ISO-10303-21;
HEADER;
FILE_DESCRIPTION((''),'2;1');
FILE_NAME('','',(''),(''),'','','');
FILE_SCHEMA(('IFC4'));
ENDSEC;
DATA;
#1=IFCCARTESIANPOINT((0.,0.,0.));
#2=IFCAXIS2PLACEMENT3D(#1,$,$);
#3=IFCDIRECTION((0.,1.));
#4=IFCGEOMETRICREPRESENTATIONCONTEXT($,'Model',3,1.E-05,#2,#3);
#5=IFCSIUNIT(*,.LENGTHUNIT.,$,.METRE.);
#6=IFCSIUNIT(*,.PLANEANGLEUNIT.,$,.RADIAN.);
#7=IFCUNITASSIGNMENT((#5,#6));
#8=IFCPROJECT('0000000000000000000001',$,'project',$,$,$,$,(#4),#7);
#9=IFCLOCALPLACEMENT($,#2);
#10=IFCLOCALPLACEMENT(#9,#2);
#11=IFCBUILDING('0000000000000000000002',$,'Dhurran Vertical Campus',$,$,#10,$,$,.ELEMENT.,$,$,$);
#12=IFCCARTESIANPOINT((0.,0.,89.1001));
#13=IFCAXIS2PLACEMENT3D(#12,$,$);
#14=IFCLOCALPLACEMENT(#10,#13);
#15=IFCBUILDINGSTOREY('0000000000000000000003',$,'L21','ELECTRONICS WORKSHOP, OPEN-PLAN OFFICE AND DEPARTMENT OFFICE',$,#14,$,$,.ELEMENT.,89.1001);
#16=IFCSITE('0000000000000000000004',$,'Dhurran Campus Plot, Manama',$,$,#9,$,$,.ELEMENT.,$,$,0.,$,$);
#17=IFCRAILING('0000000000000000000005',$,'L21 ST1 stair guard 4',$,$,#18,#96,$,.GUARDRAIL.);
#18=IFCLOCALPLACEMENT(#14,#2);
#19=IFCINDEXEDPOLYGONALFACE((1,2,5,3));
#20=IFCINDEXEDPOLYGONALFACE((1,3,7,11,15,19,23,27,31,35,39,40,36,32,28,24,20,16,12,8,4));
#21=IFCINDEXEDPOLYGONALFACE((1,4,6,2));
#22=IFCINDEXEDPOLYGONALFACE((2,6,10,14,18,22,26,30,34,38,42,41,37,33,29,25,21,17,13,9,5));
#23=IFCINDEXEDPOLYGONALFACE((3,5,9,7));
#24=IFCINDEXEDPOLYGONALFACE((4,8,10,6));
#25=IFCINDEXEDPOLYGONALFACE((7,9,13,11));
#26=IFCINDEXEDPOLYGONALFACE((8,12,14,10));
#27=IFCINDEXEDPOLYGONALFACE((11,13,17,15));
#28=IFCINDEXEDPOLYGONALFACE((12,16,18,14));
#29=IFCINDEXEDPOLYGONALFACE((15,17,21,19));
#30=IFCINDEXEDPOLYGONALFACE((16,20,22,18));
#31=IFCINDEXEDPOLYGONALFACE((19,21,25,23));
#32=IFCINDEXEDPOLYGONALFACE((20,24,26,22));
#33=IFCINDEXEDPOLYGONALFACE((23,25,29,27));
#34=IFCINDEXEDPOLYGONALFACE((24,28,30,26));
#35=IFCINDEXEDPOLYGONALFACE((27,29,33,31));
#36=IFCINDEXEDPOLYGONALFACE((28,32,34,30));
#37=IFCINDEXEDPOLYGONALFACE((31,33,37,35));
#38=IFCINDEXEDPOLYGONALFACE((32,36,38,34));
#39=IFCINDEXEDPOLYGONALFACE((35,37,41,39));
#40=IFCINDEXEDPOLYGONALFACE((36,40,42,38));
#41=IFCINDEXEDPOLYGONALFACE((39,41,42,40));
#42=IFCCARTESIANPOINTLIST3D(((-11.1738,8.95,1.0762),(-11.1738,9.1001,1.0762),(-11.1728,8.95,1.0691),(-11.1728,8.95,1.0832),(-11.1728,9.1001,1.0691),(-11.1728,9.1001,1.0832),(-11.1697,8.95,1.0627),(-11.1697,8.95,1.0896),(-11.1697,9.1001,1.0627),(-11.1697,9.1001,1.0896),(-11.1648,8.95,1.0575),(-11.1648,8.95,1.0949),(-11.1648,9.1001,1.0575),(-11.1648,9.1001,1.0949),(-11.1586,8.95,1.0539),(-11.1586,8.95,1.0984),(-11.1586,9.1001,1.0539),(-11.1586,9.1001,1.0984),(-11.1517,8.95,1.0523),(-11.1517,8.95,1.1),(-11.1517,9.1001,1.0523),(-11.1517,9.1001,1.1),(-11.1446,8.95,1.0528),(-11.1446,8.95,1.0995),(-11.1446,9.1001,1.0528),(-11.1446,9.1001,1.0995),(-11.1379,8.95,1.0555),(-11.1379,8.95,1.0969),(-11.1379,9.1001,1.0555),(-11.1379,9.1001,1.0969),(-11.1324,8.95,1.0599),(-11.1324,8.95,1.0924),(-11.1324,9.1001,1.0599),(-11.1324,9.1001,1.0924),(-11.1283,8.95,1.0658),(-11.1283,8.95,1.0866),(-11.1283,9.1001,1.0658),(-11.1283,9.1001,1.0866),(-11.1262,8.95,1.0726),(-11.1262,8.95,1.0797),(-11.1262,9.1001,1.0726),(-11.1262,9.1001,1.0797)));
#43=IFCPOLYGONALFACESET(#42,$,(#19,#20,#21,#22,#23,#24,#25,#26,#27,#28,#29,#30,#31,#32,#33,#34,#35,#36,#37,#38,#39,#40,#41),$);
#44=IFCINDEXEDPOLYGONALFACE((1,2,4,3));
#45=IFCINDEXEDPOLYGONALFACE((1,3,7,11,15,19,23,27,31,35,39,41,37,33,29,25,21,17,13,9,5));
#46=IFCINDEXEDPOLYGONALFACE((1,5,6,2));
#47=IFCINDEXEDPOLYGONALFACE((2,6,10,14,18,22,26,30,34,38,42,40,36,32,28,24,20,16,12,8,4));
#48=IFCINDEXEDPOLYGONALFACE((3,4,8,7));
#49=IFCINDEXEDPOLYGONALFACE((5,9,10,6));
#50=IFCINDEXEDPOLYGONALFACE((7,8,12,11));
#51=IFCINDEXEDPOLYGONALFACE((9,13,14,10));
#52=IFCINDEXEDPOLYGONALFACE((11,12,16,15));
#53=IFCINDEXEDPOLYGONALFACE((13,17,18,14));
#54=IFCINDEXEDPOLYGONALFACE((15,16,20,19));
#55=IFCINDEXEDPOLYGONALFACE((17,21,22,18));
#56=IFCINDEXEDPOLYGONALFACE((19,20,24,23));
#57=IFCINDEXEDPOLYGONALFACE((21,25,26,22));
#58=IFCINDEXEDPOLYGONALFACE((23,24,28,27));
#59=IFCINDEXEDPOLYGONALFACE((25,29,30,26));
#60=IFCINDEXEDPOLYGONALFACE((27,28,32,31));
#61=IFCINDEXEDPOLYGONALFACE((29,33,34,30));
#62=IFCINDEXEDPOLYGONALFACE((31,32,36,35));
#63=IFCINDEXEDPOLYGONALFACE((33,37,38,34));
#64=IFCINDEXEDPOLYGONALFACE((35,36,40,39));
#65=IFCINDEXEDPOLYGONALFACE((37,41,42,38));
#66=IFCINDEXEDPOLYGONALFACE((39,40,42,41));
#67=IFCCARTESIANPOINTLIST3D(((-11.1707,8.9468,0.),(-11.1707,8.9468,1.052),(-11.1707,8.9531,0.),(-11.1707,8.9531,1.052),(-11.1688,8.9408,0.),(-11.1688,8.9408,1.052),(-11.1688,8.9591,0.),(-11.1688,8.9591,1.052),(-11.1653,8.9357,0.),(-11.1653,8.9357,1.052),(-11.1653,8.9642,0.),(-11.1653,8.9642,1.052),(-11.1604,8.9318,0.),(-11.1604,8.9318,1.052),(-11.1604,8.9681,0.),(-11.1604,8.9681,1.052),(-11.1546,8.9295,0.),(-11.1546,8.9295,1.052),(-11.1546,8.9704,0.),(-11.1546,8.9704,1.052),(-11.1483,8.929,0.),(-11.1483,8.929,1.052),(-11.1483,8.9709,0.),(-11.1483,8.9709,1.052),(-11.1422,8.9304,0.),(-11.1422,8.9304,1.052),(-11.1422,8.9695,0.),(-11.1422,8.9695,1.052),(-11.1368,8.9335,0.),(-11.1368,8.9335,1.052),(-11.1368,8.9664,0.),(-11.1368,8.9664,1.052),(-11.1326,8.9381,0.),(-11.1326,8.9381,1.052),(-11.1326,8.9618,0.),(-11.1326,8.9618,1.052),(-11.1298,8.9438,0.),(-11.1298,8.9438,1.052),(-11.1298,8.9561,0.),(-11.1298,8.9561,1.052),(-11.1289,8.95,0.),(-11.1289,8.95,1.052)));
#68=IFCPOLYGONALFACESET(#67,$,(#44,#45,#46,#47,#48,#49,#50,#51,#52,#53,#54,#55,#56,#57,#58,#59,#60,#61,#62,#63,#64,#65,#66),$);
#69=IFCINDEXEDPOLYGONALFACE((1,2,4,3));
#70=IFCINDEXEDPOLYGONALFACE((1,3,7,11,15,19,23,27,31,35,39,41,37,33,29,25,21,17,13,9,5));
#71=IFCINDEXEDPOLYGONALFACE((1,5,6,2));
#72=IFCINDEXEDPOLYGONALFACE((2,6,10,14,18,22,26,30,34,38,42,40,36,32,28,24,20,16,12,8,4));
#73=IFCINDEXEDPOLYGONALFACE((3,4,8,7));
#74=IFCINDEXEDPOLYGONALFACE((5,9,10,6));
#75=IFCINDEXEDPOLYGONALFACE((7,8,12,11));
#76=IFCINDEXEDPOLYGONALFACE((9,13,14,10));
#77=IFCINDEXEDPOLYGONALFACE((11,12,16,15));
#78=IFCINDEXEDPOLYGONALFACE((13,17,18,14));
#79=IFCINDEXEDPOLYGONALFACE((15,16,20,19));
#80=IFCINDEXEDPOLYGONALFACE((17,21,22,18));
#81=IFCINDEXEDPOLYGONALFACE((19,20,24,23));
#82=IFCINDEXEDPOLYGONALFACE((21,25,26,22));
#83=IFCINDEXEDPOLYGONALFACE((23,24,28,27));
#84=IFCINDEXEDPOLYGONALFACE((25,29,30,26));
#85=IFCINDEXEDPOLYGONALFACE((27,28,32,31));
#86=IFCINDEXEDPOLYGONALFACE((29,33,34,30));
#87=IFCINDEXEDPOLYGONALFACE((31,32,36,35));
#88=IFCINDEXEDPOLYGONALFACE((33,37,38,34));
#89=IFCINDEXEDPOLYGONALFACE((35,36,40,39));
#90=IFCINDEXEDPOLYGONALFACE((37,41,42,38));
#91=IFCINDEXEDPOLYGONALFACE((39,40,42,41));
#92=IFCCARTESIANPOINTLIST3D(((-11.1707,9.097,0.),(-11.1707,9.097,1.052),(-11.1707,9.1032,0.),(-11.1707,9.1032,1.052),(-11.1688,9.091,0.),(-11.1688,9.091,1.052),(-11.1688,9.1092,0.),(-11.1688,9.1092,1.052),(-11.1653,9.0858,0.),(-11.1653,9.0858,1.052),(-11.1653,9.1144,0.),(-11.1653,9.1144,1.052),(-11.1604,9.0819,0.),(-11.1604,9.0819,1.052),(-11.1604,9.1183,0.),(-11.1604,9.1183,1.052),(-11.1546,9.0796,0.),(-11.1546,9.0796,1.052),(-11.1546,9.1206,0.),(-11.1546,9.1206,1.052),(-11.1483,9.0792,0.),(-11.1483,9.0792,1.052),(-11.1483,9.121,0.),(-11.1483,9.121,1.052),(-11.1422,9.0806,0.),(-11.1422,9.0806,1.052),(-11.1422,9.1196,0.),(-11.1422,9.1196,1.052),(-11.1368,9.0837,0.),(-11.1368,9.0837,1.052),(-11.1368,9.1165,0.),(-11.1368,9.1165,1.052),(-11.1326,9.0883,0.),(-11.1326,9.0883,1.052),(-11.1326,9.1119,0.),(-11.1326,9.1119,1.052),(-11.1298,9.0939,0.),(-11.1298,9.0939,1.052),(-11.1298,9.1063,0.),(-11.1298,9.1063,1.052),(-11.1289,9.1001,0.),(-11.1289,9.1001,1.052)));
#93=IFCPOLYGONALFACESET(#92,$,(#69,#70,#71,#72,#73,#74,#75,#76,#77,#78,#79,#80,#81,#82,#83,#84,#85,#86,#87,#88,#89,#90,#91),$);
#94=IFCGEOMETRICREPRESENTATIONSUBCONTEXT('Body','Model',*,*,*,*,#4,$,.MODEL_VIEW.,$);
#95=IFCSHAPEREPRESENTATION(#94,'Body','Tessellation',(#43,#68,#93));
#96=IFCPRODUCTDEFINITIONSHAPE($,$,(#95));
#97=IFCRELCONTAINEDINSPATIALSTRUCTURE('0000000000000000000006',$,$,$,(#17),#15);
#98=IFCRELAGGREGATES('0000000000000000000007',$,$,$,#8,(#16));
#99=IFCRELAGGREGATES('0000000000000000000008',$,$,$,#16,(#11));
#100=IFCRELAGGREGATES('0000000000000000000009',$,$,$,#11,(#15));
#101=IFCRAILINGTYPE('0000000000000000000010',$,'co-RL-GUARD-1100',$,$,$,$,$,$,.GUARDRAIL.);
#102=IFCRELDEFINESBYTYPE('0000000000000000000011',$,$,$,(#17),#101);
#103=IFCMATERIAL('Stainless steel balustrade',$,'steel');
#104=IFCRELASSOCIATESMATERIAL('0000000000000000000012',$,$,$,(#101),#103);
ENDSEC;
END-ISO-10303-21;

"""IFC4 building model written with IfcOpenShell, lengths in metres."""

from ifc_helpers import new_model, si_unit, direction, frame, origin, origin_2d, place, context, subcontext, project, spatial, circle, extrude, material, type_object, element, save


model = new_model("IFC4")

# Units and contexts
model_context = context("Model", 3, precision=1e-05, world=origin(), true_north=direction((0.0, 1.0)))
body_context = subcontext(model_context, "Body", "Model", "MODEL_VIEW")
ifc_project = project(units=[si_unit("LENGTHUNIT", "METRE"), si_unit("PLANEANGLEUNIT", "RADIAN")], contexts=[model_context])

# Site, building, storey
site_placement = place(None, origin())
site = spatial("IfcSite", under=ifc_project, at=site_placement, Name="Dhurran Campus Plot, Manama", CompositionType="ELEMENT", RefElevation=0.0)
building_placement = place(site_placement, origin())
building = spatial("IfcBuilding", under=site, at=building_placement, Name="Dhurran Vertical Campus", CompositionType="ELEMENT")
storey_placement = place(building_placement, frame((0.0, 0.0, 89.1001)))
storey = spatial("IfcBuildingStorey", under=building, at=storey_placement, Name="L21", Description="ELECTRONICS WORKSHOP, OPEN-PLAN OFFICE AND DEPARTMENT OFFICE", CompositionType="ELEMENT", Elevation=89.1001)

# Railing
ifc_material_1 = material(Name="Stainless steel balustrade", Category="steel")
railing_type_1 = type_object("IfcRailingType", Name="co-RL-GUARD-1100", PredefinedType="GUARDRAIL", material=ifc_material_1)
railing_1_placement = place(storey_placement, frame((-11.1499, 8.95, 0.0)))
element("IfcRailing", 1, at=railing_1_placement, inside=storey, type_object=railing_type_1, Name="L21 ST1 stair guard 4", PredefinedType="GUARDRAIL", context=body_context, shape_type="SweptSolid", body=[
    extrude(circle(Radius=0.0239, at=origin_2d()), frame((0.0, 0.0, 1.0762), z_axis=(0.0, 1.0, 0.0), x_axis=(-1.0, 0.0, 0.0)), (0.0, 0.0, 1.0), 0.1501),
    extrude(circle(Radius=0.021, at=origin_2d()), origin(), (0.0, 0.0, 1.0), 1.052),
    extrude(circle(Radius=0.021, at=origin_2d()), frame((0.0, 0.1501, 0.0)), (0.0, 0.0, 1.0), 1.052),
])

save(model, "model.ifc")
